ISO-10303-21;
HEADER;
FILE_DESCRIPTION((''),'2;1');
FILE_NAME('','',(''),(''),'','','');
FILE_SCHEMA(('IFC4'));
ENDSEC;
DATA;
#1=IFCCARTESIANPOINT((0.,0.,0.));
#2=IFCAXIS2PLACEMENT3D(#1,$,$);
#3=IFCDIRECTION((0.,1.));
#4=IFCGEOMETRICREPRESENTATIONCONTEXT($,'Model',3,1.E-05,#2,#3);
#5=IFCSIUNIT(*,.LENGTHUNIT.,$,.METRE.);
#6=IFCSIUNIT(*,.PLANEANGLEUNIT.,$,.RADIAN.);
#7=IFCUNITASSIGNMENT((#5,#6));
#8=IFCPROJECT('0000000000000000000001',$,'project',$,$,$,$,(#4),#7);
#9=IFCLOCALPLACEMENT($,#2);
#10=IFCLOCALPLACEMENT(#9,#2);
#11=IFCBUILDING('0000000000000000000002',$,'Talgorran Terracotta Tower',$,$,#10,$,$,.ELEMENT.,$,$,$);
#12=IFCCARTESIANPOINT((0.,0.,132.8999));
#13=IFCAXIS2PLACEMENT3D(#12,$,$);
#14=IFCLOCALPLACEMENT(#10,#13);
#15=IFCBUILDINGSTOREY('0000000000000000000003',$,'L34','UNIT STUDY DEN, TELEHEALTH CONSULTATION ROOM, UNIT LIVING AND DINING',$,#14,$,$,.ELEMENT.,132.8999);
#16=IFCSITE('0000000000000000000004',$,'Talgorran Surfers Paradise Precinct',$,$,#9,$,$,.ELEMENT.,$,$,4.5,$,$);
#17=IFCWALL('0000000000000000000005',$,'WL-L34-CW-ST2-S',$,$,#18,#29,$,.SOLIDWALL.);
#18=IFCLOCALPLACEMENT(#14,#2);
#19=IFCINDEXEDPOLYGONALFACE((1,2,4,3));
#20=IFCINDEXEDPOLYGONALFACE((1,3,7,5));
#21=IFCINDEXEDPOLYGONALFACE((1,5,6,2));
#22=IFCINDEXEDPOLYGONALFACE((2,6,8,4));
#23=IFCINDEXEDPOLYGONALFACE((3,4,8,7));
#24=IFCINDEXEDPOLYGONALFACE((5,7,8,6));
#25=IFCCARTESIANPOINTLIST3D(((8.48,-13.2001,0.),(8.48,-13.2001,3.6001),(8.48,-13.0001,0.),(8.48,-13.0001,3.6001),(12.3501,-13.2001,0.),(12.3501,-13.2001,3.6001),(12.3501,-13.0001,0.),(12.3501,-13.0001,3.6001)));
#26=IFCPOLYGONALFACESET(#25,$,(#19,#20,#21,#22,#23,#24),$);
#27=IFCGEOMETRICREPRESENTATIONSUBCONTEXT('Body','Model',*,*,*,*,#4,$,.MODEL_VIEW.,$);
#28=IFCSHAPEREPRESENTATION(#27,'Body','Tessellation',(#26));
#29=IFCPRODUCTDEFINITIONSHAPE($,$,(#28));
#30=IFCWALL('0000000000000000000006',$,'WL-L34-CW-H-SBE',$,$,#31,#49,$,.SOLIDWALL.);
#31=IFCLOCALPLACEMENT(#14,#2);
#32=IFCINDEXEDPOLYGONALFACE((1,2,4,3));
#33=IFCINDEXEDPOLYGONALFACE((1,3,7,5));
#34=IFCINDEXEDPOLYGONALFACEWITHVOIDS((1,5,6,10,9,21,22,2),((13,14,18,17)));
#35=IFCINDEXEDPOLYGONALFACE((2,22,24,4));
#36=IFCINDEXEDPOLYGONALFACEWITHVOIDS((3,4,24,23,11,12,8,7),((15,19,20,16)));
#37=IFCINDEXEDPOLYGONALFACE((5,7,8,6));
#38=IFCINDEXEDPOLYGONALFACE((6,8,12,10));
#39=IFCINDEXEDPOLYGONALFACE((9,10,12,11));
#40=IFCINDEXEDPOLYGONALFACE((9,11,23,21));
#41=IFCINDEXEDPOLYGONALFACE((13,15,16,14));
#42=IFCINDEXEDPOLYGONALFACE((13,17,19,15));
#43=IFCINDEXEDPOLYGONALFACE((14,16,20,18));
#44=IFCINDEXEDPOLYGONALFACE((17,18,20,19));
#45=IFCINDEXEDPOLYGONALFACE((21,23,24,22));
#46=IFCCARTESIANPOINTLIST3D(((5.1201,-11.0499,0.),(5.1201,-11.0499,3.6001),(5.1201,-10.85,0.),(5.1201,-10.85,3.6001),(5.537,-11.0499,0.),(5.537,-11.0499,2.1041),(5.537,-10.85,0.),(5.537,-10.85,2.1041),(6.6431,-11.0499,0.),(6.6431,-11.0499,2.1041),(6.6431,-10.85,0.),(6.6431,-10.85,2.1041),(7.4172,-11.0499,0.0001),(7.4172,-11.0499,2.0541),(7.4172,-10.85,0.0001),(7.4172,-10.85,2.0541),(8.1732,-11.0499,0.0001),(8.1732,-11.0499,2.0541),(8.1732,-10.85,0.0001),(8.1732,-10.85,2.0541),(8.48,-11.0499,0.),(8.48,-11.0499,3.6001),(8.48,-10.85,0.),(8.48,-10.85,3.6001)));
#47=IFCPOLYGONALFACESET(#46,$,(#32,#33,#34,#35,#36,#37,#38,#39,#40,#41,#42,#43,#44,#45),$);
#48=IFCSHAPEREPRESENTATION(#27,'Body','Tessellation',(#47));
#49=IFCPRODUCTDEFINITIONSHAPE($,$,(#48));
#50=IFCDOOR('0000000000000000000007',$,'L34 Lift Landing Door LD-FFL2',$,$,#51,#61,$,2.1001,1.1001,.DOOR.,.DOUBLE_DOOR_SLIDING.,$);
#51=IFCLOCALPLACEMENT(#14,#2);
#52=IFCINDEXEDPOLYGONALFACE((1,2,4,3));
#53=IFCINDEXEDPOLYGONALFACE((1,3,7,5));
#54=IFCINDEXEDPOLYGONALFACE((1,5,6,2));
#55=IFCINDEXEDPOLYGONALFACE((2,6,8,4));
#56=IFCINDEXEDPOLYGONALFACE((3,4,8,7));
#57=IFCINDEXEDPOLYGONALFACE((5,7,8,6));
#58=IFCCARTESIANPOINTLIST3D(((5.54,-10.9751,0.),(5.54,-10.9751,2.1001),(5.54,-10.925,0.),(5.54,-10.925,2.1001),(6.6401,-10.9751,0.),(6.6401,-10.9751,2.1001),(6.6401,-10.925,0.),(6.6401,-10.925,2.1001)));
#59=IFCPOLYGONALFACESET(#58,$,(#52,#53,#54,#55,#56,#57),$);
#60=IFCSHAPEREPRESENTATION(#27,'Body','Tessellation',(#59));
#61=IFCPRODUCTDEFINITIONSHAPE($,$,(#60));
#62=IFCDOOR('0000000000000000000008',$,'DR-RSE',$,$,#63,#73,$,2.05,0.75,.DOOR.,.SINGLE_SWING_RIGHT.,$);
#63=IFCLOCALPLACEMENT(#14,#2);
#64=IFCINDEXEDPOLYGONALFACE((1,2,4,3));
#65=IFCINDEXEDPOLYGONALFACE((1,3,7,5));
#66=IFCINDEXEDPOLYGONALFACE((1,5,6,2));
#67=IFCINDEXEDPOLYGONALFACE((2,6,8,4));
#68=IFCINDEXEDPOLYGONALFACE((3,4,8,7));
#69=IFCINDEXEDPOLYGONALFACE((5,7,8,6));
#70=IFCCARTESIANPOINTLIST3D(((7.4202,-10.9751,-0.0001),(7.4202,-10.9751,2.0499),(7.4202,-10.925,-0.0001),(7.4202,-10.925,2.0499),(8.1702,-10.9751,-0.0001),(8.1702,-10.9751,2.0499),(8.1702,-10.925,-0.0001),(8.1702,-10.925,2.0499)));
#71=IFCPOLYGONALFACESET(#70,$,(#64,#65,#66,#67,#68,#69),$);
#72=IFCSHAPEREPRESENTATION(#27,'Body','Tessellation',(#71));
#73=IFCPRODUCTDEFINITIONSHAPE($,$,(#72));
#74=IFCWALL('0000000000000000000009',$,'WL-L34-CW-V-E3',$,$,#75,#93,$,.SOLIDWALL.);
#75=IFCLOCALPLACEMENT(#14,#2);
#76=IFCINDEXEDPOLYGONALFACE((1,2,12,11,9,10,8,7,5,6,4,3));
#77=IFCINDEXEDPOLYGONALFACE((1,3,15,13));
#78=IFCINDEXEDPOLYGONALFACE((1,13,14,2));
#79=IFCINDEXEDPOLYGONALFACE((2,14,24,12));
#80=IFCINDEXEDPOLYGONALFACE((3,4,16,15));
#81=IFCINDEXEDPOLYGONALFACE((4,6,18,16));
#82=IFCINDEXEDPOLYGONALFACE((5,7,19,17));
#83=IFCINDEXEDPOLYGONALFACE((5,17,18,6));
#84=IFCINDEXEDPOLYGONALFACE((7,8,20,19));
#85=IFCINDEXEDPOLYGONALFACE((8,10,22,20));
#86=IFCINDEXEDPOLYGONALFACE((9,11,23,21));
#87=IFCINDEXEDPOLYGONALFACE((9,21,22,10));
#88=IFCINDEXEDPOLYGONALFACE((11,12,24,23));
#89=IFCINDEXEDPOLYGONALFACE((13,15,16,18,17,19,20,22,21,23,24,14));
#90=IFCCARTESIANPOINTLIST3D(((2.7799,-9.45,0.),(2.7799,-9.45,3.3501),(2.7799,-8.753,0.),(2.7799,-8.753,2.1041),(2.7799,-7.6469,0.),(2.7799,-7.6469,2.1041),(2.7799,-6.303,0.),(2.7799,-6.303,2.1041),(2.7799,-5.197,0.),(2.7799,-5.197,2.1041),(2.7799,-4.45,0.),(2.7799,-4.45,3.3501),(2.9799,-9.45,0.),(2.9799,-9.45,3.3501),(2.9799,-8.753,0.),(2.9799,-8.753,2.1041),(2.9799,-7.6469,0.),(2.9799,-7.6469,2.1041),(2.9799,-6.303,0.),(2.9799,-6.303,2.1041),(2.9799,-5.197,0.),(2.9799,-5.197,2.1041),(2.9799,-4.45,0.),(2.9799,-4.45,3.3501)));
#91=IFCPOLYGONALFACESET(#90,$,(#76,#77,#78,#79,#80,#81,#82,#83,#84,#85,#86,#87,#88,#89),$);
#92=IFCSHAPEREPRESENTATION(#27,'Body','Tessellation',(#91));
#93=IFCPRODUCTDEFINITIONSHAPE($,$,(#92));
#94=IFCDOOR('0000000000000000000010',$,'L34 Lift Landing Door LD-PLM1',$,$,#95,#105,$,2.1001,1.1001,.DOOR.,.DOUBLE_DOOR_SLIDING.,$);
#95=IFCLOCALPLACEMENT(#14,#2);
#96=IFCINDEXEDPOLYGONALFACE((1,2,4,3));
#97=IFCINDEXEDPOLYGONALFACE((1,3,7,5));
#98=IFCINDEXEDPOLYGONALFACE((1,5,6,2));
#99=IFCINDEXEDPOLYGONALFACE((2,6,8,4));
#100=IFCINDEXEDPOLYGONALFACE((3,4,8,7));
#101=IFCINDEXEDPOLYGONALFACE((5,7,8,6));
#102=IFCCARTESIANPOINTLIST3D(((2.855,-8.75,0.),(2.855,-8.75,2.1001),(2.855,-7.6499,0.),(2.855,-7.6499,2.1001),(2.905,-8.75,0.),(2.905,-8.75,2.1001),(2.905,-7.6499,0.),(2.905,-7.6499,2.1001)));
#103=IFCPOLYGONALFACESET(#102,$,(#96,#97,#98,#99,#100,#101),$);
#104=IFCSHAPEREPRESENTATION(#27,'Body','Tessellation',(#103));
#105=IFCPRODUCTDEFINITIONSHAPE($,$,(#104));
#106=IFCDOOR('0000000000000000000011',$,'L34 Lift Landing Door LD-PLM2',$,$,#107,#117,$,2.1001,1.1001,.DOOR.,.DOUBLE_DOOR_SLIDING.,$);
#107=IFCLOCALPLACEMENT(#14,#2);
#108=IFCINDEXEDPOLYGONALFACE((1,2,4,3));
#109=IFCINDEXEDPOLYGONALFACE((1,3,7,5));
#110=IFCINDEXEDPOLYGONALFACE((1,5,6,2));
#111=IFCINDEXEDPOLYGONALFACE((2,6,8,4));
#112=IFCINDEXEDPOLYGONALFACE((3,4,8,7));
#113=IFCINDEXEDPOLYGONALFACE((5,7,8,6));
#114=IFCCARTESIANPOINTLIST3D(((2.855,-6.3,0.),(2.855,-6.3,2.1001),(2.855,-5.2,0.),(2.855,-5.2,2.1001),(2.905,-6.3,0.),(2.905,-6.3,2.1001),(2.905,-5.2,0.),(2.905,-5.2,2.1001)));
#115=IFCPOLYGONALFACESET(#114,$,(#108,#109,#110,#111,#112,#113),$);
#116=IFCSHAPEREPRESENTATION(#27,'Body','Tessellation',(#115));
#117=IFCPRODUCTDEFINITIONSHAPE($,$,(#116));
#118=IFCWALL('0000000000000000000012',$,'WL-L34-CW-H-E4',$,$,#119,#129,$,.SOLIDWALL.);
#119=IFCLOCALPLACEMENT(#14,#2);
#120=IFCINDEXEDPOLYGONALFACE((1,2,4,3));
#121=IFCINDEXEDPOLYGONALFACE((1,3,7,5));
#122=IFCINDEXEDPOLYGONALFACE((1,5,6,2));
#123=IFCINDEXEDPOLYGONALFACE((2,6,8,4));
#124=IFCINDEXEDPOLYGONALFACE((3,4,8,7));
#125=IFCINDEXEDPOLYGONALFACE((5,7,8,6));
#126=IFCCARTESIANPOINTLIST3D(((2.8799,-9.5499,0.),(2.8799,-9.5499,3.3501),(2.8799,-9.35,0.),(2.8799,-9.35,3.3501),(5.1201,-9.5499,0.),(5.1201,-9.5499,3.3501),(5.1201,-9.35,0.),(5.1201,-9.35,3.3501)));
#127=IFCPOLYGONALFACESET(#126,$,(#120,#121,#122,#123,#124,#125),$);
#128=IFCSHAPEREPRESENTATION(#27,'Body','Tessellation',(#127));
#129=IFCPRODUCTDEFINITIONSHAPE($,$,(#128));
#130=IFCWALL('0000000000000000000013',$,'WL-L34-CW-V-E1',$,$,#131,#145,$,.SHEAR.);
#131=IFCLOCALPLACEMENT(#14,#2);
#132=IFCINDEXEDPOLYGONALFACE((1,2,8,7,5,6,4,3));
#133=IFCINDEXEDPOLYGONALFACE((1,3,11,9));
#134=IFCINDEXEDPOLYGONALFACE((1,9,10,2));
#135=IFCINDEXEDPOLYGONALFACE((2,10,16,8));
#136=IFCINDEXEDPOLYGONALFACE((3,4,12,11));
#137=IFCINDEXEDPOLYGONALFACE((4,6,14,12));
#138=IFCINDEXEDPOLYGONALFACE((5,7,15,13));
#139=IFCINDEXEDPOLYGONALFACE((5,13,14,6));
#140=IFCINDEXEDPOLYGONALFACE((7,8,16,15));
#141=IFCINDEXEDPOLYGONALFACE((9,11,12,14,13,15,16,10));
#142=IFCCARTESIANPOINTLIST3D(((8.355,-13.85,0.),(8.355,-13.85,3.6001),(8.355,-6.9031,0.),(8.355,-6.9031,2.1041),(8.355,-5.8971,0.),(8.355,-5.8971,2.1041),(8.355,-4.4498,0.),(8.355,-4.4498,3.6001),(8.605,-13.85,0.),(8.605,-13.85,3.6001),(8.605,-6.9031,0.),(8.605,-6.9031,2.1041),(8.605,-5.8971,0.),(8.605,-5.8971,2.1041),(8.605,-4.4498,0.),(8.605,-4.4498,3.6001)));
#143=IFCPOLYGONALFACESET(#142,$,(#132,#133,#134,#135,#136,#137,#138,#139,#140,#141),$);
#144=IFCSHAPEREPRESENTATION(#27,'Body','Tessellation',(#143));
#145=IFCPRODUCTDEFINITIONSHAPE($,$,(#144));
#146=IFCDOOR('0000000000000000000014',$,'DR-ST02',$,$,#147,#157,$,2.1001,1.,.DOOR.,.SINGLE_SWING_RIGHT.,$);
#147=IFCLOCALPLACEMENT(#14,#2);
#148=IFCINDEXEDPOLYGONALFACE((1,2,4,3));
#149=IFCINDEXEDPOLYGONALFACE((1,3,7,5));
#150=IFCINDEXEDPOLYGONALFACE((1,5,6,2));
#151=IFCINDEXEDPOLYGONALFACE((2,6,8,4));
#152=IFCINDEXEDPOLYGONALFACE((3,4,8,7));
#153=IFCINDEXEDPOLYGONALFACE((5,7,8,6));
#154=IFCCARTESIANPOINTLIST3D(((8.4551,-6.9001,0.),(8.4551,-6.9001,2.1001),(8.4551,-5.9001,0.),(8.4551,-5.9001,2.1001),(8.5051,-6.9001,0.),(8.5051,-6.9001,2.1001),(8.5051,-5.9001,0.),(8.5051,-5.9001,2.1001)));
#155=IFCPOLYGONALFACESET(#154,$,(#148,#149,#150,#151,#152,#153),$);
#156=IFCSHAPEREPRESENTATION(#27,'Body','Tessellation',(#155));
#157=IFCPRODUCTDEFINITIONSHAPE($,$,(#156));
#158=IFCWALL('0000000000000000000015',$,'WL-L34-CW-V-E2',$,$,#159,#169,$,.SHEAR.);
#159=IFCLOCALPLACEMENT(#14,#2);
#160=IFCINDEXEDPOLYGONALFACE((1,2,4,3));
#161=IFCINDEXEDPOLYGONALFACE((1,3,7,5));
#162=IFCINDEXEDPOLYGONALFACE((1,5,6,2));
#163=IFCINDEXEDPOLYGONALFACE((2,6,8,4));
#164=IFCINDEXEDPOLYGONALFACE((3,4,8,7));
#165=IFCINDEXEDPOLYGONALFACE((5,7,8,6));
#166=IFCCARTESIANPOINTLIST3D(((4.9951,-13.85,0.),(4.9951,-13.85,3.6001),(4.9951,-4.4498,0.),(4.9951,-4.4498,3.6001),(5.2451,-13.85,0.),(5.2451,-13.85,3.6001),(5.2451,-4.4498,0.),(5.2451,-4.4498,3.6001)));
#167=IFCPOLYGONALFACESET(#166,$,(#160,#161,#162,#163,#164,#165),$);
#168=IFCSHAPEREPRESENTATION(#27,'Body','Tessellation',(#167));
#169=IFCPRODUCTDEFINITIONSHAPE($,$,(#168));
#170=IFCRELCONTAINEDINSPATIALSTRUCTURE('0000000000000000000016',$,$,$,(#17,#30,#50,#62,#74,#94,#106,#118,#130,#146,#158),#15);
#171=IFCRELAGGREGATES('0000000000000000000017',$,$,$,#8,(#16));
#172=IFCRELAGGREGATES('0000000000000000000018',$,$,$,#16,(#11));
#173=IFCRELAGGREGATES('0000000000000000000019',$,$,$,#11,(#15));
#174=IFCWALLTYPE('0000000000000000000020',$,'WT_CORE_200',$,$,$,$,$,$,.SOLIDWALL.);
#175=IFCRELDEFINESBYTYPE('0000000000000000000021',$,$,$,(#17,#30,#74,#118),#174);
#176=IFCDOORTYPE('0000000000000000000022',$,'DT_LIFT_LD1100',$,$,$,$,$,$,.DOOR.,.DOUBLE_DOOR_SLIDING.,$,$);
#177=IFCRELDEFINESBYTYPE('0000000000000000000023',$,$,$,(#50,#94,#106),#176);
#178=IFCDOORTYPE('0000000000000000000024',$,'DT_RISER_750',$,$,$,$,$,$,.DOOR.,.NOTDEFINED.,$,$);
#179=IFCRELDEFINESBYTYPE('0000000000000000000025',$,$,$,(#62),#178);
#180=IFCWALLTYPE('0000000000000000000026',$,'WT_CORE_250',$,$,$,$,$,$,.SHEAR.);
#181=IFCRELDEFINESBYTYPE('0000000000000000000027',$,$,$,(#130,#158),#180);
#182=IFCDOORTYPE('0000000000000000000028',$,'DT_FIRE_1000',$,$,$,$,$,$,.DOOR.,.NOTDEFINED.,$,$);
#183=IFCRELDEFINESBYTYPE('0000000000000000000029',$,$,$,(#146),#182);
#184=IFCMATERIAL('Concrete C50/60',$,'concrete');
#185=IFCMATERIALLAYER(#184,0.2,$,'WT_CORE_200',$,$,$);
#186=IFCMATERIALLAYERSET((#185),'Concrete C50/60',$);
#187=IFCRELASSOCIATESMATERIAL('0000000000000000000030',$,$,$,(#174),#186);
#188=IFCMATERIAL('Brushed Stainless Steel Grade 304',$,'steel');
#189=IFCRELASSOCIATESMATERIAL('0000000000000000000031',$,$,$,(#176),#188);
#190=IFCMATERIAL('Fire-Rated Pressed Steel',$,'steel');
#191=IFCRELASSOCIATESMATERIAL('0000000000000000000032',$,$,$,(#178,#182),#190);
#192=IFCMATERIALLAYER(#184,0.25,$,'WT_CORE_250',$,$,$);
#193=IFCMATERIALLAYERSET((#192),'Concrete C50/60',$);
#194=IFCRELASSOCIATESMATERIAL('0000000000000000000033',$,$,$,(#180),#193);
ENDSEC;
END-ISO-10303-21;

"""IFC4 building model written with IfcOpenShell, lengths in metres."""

from ifc_helpers import new_model, si_unit, direction, frame, frame_2d, origin, place, context, subcontext, project, spatial, rectangle, extrude, material, layer, layer_set, type_object, element, fill, save


model = new_model("IFC4")

# Units and contexts
model_context = context("Model", 3, precision=1e-05, world=origin(), true_north=direction((0.0, 1.0)))
body_context = subcontext(model_context, "Body", "Model", "MODEL_VIEW")
ifc_project = project(units=[si_unit("LENGTHUNIT", "METRE"), si_unit("PLANEANGLEUNIT", "RADIAN")], contexts=[model_context])

# Site, building, storey
site_placement = place(None, origin())
site = spatial("IfcSite", under=ifc_project, at=site_placement, Name="Talgorran Surfers Paradise Precinct", CompositionType="ELEMENT", RefElevation=4.5)
building_placement = place(site_placement, origin())
building = spatial("IfcBuilding", under=site, at=building_placement, Name="Talgorran Terracotta Tower", CompositionType="ELEMENT")
storey_placement = place(building_placement, frame((0.0, 0.0, 132.8999)))
storey = spatial("IfcBuildingStorey", under=building, at=storey_placement, Name="L34", Description="UNIT STUDY DEN, TELEHEALTH CONSULTATION ROOM, UNIT LIVING AND DINING", CompositionType="ELEMENT", Elevation=132.8999)

# Shared definitions
ifc_material_1 = material(Name="Concrete C50/60", Category="concrete")

# Wall
ifc_layer_1 = layer(ifc_material_1, 0.2, Name="WT_CORE_200")
ifc_layer_set_1 = layer_set([ifc_layer_1], Name="Concrete C50/60")
wall_type_1 = type_object("IfcWallType", Name="WT_CORE_200", PredefinedType="SOLIDWALL", material=ifc_layer_set_1)
wall_1_placement = place(storey_placement, frame((8.48, -13.1001, 0.0), z_axis=(0.0, 0.0, 1.0), x_axis=(1.0, 0.0, 0.0)))
element("IfcWall", 1, at=wall_1_placement, inside=storey, type_object=wall_type_1, Name="WL-L34-CW-ST2-S", PredefinedType="SOLIDWALL", context=body_context, shape_type="SweptSolid", body=[
    extrude(rectangle(XDim=3.8701, YDim=0.2, at=frame_2d((1.9351, 0.0))), origin(), (0.0, 0.0, 1.0), 3.6001),
])

# Walls, openings, doors
wall_2_placement = place(storey_placement, frame((5.1201, -10.95, 0.0), z_axis=(0.0, 0.0, 1.0), x_axis=(1.0, 0.0, 0.0)))
wall_2 = element("IfcWall", 2, at=wall_2_placement, inside=storey, type_object=wall_type_1, Name="WL-L34-CW-H-SBE", PredefinedType="SOLIDWALL", context=body_context, shape_type="SweptSolid", body=[
    extrude(rectangle(XDim=3.3599, YDim=0.2, at=frame_2d((1.6799, 0.0))), origin(), (0.0, 0.0, 1.0), 3.6001),
])
opening_1_placement = place(wall_2_placement, frame((0.4199, 0.0, 0.0)))
opening_1 = element("IfcOpeningElement", 3, at=opening_1_placement, cuts=wall_2, PredefinedType="OPENING", context=body_context, shape_type="SweptSolid", body=[
    extrude(rectangle(XDim=1.1061, YDim=2.1041, at=frame_2d((0.55, 1.052))), frame((0.0, 0.1099, 0.0), z_axis=(0.0, -1.0, 0.0), x_axis=(1.0, 0.0, 0.0)), (0.0, 0.0, 1.0), 0.22),
])
opening_2_placement = place(wall_2_placement, frame((2.3, 0.0, 0.0)))
opening_2 = element("IfcOpeningElement", 4, at=opening_2_placement, cuts=wall_2, PredefinedType="OPENING", context=body_context, shape_type="SweptSolid", body=[
    extrude(rectangle(XDim=0.756, YDim=2.054, at=frame_2d((0.375, 1.0271))), frame((0.0, 0.1099, 0.0), z_axis=(0.0, -1.0, 0.0), x_axis=(1.0, 0.0, 0.0)), (0.0, 0.0, 1.0), 0.22),
])
ifc_material_2 = material(Name="Brushed Stainless Steel Grade 304", Category="steel")
door_type_1 = type_object("IfcDoorType", Name="DT_LIFT_LD1100", OperationType="DOUBLE_DOOR_SLIDING", PredefinedType="DOOR", material=ifc_material_2)
door_1_placement = place(opening_1_placement, origin())
door_1 = element("IfcDoor", 5, at=door_1_placement, inside=storey, type_object=door_type_1, Name="L34 Lift Landing Door LD-FFL2", OperationType="DOUBLE_DOOR_SLIDING", OverallHeight=2.1001, OverallWidth=1.1001, PredefinedType="DOOR", context=body_context, shape_type="SweptSolid", body=[
    extrude(rectangle(XDim=1.1001, YDim=2.1001, at=frame_2d((0.55, 1.05))), frame((0.0, 0.0249, 0.0), z_axis=(0.0, -1.0, 0.0), x_axis=(1.0, 0.0, 0.0)), (0.0, 0.0, 1.0), 0.05),
])
fill(opening_1, door_1)
ifc_material_3 = material(Name="Fire-Rated Pressed Steel", Category="steel")
door_type_2 = type_object("IfcDoorType", Name="DT_RISER_750", OperationType="NOTDEFINED", PredefinedType="DOOR", material=ifc_material_3)
door_2_placement = place(opening_2_placement, origin())
door_2 = element("IfcDoor", 6, at=door_2_placement, inside=storey, type_object=door_type_2, Name="DR-RSE", OperationType="SINGLE_SWING_RIGHT", OverallHeight=2.05, OverallWidth=0.75, PredefinedType="DOOR", context=body_context, shape_type="SweptSolid", body=[
    extrude(rectangle(XDim=0.75, YDim=2.05, at=frame_2d((0.375, 1.0249))), frame((0.0, 0.0249, 0.0), z_axis=(0.0, -1.0, 0.0), x_axis=(1.0, 0.0, 0.0)), (0.0, 0.0, 1.0), 0.05),
])
fill(opening_2, door_2)
wall_3_placement = place(storey_placement, frame((2.8799, -9.45, 0.0), z_axis=(0.0, 0.0, 1.0), x_axis=(0.0, 1.0, 0.0)))
wall_3 = element("IfcWall", 7, at=wall_3_placement, inside=storey, type_object=wall_type_1, Name="WL-L34-CW-V-E3", PredefinedType="SOLIDWALL", context=body_context, shape_type="SweptSolid", body=[
    extrude(rectangle(XDim=5.0, YDim=0.2, at=frame_2d((2.5, 0.0))), origin(), (0.0, 0.0, 1.0), 3.3501),
])
opening_3_placement = place(wall_3_placement, frame((0.7, 0.0, 0.0)))
opening_3 = element("IfcOpeningElement", 8, at=opening_3_placement, cuts=wall_3, PredefinedType="OPENING", context=body_context, shape_type="SweptSolid", body=[
    extrude(rectangle(XDim=1.1061, YDim=2.1041, at=frame_2d((0.55, 1.052))), frame((0.0, 0.1099, 0.0), z_axis=(0.0, -1.0, 0.0), x_axis=(1.0, 0.0, 0.0)), (0.0, 0.0, 1.0), 0.22),
])
opening_4_placement = place(wall_3_placement, frame((3.1499, 0.0, 0.0)))
opening_4 = element("IfcOpeningElement", 9, at=opening_4_placement, cuts=wall_3, PredefinedType="OPENING", context=body_context, shape_type="SweptSolid", body=[
    extrude(rectangle(XDim=1.1061, YDim=2.1041, at=frame_2d((0.55, 1.052))), frame((0.0, 0.1099, 0.0), z_axis=(0.0, -1.0, 0.0), x_axis=(1.0, 0.0, 0.0)), (0.0, 0.0, 1.0), 0.22),
])
door_3_placement = place(opening_3_placement, origin())
door_3 = element("IfcDoor", 10, at=door_3_placement, inside=storey, type_object=door_type_1, Name="L34 Lift Landing Door LD-PLM1", OperationType="DOUBLE_DOOR_SLIDING", OverallHeight=2.1001, OverallWidth=1.1001, PredefinedType="DOOR", context=body_context, shape_type="SweptSolid", body=[
    extrude(rectangle(XDim=1.1001, YDim=2.1001, at=frame_2d((0.55, 1.05))), frame((0.0, 0.0249, 0.0), z_axis=(0.0, -1.0, 0.0), x_axis=(1.0, 0.0, 0.0)), (0.0, 0.0, 1.0), 0.05),
])
fill(opening_3, door_3)
door_4_placement = place(opening_4_placement, origin())
door_4 = element("IfcDoor", 11, at=door_4_placement, inside=storey, type_object=door_type_1, Name="L34 Lift Landing Door LD-PLM2", OperationType="DOUBLE_DOOR_SLIDING", OverallHeight=2.1001, OverallWidth=1.1001, PredefinedType="DOOR", context=body_context, shape_type="SweptSolid", body=[
    extrude(rectangle(XDim=1.1001, YDim=2.1001, at=frame_2d((0.55, 1.05))), frame((0.0, 0.0249, 0.0), z_axis=(0.0, -1.0, 0.0), x_axis=(1.0, 0.0, 0.0)), (0.0, 0.0, 1.0), 0.05),
])
fill(opening_4, door_4)

# Wall
wall_4_placement = place(storey_placement, frame((2.8799, -9.45, 0.0), z_axis=(0.0, 0.0, 1.0), x_axis=(1.0, 0.0, 0.0)))
element("IfcWall", 12, at=wall_4_placement, inside=storey, type_object=wall_type_1, Name="WL-L34-CW-H-E4", PredefinedType="SOLIDWALL", context=body_context, shape_type="SweptSolid", body=[
    extrude(rectangle(XDim=2.2402, YDim=0.2, at=frame_2d((1.1201, 0.0))), origin(), (0.0, 0.0, 1.0), 3.3501),
])

# Wall, opening, door
ifc_layer_2 = layer(ifc_material_1, 0.25, Name="WT_CORE_250")
ifc_layer_set_2 = layer_set([ifc_layer_2], Name="Concrete C50/60")
wall_type_2 = type_object("IfcWallType", Name="WT_CORE_250", PredefinedType="SHEAR", material=ifc_layer_set_2)
wall_5_placement = place(storey_placement, frame((8.48, -13.8501, 0.0), z_axis=(0.0, 0.0, 1.0), x_axis=(0.0, 1.0, 0.0)))
wall_5 = element("IfcWall", 13, at=wall_5_placement, inside=storey, type_object=wall_type_2, Name="WL-L34-CW-V-E1", PredefinedType="SHEAR", context=body_context, shape_type="SweptSolid", body=[
    extrude(rectangle(XDim=9.4001, YDim=0.25, at=frame_2d((4.7002, 0.0))), origin(), (0.0, 0.0, 1.0), 3.6001),
])
opening_5_placement = place(wall_5_placement, frame((6.95, 0.0, 0.0)))
opening_5 = element("IfcOpeningElement", 14, at=opening_5_placement, cuts=wall_5, PredefinedType="OPENING", context=body_context, shape_type="SweptSolid", body=[
    extrude(rectangle(XDim=1.006, YDim=2.1041, at=frame_2d((0.5, 1.052))), frame((0.0, 0.135, 0.0), z_axis=(0.0, -1.0, 0.0), x_axis=(1.0, 0.0, 0.0)), (0.0, 0.0, 1.0), 0.27),
])
door_type_3 = type_object("IfcDoorType", Name="DT_FIRE_1000", OperationType="NOTDEFINED", PredefinedType="DOOR", material=ifc_material_3)
door_5_placement = place(opening_5_placement, origin())
door_5 = element("IfcDoor", 15, at=door_5_placement, inside=storey, type_object=door_type_3, Name="DR-ST02", OperationType="SINGLE_SWING_RIGHT", OverallHeight=2.1001, OverallWidth=1.0, PredefinedType="DOOR", context=body_context, shape_type="SweptSolid", body=[
    extrude(rectangle(XDim=1.0, YDim=2.1001, at=frame_2d((0.5, 1.05))), frame((0.0, 0.0249, 0.0), z_axis=(0.0, -1.0, 0.0), x_axis=(1.0, 0.0, 0.0)), (0.0, 0.0, 1.0), 0.05),
])
fill(opening_5, door_5)

# Wall
wall_6_placement = place(storey_placement, frame((5.1201, -13.8501, 0.0), z_axis=(0.0, 0.0, 1.0), x_axis=(0.0, 1.0, 0.0)))
element("IfcWall", 16, at=wall_6_placement, inside=storey, type_object=wall_type_2, Name="WL-L34-CW-V-E2", PredefinedType="SHEAR", context=body_context, shape_type="SweptSolid", body=[
    extrude(rectangle(XDim=9.4001, YDim=0.25, at=frame_2d((4.7002, 0.0))), origin(), (0.0, 0.0, 1.0), 3.6001),
])

save(model, "model.ifc")
